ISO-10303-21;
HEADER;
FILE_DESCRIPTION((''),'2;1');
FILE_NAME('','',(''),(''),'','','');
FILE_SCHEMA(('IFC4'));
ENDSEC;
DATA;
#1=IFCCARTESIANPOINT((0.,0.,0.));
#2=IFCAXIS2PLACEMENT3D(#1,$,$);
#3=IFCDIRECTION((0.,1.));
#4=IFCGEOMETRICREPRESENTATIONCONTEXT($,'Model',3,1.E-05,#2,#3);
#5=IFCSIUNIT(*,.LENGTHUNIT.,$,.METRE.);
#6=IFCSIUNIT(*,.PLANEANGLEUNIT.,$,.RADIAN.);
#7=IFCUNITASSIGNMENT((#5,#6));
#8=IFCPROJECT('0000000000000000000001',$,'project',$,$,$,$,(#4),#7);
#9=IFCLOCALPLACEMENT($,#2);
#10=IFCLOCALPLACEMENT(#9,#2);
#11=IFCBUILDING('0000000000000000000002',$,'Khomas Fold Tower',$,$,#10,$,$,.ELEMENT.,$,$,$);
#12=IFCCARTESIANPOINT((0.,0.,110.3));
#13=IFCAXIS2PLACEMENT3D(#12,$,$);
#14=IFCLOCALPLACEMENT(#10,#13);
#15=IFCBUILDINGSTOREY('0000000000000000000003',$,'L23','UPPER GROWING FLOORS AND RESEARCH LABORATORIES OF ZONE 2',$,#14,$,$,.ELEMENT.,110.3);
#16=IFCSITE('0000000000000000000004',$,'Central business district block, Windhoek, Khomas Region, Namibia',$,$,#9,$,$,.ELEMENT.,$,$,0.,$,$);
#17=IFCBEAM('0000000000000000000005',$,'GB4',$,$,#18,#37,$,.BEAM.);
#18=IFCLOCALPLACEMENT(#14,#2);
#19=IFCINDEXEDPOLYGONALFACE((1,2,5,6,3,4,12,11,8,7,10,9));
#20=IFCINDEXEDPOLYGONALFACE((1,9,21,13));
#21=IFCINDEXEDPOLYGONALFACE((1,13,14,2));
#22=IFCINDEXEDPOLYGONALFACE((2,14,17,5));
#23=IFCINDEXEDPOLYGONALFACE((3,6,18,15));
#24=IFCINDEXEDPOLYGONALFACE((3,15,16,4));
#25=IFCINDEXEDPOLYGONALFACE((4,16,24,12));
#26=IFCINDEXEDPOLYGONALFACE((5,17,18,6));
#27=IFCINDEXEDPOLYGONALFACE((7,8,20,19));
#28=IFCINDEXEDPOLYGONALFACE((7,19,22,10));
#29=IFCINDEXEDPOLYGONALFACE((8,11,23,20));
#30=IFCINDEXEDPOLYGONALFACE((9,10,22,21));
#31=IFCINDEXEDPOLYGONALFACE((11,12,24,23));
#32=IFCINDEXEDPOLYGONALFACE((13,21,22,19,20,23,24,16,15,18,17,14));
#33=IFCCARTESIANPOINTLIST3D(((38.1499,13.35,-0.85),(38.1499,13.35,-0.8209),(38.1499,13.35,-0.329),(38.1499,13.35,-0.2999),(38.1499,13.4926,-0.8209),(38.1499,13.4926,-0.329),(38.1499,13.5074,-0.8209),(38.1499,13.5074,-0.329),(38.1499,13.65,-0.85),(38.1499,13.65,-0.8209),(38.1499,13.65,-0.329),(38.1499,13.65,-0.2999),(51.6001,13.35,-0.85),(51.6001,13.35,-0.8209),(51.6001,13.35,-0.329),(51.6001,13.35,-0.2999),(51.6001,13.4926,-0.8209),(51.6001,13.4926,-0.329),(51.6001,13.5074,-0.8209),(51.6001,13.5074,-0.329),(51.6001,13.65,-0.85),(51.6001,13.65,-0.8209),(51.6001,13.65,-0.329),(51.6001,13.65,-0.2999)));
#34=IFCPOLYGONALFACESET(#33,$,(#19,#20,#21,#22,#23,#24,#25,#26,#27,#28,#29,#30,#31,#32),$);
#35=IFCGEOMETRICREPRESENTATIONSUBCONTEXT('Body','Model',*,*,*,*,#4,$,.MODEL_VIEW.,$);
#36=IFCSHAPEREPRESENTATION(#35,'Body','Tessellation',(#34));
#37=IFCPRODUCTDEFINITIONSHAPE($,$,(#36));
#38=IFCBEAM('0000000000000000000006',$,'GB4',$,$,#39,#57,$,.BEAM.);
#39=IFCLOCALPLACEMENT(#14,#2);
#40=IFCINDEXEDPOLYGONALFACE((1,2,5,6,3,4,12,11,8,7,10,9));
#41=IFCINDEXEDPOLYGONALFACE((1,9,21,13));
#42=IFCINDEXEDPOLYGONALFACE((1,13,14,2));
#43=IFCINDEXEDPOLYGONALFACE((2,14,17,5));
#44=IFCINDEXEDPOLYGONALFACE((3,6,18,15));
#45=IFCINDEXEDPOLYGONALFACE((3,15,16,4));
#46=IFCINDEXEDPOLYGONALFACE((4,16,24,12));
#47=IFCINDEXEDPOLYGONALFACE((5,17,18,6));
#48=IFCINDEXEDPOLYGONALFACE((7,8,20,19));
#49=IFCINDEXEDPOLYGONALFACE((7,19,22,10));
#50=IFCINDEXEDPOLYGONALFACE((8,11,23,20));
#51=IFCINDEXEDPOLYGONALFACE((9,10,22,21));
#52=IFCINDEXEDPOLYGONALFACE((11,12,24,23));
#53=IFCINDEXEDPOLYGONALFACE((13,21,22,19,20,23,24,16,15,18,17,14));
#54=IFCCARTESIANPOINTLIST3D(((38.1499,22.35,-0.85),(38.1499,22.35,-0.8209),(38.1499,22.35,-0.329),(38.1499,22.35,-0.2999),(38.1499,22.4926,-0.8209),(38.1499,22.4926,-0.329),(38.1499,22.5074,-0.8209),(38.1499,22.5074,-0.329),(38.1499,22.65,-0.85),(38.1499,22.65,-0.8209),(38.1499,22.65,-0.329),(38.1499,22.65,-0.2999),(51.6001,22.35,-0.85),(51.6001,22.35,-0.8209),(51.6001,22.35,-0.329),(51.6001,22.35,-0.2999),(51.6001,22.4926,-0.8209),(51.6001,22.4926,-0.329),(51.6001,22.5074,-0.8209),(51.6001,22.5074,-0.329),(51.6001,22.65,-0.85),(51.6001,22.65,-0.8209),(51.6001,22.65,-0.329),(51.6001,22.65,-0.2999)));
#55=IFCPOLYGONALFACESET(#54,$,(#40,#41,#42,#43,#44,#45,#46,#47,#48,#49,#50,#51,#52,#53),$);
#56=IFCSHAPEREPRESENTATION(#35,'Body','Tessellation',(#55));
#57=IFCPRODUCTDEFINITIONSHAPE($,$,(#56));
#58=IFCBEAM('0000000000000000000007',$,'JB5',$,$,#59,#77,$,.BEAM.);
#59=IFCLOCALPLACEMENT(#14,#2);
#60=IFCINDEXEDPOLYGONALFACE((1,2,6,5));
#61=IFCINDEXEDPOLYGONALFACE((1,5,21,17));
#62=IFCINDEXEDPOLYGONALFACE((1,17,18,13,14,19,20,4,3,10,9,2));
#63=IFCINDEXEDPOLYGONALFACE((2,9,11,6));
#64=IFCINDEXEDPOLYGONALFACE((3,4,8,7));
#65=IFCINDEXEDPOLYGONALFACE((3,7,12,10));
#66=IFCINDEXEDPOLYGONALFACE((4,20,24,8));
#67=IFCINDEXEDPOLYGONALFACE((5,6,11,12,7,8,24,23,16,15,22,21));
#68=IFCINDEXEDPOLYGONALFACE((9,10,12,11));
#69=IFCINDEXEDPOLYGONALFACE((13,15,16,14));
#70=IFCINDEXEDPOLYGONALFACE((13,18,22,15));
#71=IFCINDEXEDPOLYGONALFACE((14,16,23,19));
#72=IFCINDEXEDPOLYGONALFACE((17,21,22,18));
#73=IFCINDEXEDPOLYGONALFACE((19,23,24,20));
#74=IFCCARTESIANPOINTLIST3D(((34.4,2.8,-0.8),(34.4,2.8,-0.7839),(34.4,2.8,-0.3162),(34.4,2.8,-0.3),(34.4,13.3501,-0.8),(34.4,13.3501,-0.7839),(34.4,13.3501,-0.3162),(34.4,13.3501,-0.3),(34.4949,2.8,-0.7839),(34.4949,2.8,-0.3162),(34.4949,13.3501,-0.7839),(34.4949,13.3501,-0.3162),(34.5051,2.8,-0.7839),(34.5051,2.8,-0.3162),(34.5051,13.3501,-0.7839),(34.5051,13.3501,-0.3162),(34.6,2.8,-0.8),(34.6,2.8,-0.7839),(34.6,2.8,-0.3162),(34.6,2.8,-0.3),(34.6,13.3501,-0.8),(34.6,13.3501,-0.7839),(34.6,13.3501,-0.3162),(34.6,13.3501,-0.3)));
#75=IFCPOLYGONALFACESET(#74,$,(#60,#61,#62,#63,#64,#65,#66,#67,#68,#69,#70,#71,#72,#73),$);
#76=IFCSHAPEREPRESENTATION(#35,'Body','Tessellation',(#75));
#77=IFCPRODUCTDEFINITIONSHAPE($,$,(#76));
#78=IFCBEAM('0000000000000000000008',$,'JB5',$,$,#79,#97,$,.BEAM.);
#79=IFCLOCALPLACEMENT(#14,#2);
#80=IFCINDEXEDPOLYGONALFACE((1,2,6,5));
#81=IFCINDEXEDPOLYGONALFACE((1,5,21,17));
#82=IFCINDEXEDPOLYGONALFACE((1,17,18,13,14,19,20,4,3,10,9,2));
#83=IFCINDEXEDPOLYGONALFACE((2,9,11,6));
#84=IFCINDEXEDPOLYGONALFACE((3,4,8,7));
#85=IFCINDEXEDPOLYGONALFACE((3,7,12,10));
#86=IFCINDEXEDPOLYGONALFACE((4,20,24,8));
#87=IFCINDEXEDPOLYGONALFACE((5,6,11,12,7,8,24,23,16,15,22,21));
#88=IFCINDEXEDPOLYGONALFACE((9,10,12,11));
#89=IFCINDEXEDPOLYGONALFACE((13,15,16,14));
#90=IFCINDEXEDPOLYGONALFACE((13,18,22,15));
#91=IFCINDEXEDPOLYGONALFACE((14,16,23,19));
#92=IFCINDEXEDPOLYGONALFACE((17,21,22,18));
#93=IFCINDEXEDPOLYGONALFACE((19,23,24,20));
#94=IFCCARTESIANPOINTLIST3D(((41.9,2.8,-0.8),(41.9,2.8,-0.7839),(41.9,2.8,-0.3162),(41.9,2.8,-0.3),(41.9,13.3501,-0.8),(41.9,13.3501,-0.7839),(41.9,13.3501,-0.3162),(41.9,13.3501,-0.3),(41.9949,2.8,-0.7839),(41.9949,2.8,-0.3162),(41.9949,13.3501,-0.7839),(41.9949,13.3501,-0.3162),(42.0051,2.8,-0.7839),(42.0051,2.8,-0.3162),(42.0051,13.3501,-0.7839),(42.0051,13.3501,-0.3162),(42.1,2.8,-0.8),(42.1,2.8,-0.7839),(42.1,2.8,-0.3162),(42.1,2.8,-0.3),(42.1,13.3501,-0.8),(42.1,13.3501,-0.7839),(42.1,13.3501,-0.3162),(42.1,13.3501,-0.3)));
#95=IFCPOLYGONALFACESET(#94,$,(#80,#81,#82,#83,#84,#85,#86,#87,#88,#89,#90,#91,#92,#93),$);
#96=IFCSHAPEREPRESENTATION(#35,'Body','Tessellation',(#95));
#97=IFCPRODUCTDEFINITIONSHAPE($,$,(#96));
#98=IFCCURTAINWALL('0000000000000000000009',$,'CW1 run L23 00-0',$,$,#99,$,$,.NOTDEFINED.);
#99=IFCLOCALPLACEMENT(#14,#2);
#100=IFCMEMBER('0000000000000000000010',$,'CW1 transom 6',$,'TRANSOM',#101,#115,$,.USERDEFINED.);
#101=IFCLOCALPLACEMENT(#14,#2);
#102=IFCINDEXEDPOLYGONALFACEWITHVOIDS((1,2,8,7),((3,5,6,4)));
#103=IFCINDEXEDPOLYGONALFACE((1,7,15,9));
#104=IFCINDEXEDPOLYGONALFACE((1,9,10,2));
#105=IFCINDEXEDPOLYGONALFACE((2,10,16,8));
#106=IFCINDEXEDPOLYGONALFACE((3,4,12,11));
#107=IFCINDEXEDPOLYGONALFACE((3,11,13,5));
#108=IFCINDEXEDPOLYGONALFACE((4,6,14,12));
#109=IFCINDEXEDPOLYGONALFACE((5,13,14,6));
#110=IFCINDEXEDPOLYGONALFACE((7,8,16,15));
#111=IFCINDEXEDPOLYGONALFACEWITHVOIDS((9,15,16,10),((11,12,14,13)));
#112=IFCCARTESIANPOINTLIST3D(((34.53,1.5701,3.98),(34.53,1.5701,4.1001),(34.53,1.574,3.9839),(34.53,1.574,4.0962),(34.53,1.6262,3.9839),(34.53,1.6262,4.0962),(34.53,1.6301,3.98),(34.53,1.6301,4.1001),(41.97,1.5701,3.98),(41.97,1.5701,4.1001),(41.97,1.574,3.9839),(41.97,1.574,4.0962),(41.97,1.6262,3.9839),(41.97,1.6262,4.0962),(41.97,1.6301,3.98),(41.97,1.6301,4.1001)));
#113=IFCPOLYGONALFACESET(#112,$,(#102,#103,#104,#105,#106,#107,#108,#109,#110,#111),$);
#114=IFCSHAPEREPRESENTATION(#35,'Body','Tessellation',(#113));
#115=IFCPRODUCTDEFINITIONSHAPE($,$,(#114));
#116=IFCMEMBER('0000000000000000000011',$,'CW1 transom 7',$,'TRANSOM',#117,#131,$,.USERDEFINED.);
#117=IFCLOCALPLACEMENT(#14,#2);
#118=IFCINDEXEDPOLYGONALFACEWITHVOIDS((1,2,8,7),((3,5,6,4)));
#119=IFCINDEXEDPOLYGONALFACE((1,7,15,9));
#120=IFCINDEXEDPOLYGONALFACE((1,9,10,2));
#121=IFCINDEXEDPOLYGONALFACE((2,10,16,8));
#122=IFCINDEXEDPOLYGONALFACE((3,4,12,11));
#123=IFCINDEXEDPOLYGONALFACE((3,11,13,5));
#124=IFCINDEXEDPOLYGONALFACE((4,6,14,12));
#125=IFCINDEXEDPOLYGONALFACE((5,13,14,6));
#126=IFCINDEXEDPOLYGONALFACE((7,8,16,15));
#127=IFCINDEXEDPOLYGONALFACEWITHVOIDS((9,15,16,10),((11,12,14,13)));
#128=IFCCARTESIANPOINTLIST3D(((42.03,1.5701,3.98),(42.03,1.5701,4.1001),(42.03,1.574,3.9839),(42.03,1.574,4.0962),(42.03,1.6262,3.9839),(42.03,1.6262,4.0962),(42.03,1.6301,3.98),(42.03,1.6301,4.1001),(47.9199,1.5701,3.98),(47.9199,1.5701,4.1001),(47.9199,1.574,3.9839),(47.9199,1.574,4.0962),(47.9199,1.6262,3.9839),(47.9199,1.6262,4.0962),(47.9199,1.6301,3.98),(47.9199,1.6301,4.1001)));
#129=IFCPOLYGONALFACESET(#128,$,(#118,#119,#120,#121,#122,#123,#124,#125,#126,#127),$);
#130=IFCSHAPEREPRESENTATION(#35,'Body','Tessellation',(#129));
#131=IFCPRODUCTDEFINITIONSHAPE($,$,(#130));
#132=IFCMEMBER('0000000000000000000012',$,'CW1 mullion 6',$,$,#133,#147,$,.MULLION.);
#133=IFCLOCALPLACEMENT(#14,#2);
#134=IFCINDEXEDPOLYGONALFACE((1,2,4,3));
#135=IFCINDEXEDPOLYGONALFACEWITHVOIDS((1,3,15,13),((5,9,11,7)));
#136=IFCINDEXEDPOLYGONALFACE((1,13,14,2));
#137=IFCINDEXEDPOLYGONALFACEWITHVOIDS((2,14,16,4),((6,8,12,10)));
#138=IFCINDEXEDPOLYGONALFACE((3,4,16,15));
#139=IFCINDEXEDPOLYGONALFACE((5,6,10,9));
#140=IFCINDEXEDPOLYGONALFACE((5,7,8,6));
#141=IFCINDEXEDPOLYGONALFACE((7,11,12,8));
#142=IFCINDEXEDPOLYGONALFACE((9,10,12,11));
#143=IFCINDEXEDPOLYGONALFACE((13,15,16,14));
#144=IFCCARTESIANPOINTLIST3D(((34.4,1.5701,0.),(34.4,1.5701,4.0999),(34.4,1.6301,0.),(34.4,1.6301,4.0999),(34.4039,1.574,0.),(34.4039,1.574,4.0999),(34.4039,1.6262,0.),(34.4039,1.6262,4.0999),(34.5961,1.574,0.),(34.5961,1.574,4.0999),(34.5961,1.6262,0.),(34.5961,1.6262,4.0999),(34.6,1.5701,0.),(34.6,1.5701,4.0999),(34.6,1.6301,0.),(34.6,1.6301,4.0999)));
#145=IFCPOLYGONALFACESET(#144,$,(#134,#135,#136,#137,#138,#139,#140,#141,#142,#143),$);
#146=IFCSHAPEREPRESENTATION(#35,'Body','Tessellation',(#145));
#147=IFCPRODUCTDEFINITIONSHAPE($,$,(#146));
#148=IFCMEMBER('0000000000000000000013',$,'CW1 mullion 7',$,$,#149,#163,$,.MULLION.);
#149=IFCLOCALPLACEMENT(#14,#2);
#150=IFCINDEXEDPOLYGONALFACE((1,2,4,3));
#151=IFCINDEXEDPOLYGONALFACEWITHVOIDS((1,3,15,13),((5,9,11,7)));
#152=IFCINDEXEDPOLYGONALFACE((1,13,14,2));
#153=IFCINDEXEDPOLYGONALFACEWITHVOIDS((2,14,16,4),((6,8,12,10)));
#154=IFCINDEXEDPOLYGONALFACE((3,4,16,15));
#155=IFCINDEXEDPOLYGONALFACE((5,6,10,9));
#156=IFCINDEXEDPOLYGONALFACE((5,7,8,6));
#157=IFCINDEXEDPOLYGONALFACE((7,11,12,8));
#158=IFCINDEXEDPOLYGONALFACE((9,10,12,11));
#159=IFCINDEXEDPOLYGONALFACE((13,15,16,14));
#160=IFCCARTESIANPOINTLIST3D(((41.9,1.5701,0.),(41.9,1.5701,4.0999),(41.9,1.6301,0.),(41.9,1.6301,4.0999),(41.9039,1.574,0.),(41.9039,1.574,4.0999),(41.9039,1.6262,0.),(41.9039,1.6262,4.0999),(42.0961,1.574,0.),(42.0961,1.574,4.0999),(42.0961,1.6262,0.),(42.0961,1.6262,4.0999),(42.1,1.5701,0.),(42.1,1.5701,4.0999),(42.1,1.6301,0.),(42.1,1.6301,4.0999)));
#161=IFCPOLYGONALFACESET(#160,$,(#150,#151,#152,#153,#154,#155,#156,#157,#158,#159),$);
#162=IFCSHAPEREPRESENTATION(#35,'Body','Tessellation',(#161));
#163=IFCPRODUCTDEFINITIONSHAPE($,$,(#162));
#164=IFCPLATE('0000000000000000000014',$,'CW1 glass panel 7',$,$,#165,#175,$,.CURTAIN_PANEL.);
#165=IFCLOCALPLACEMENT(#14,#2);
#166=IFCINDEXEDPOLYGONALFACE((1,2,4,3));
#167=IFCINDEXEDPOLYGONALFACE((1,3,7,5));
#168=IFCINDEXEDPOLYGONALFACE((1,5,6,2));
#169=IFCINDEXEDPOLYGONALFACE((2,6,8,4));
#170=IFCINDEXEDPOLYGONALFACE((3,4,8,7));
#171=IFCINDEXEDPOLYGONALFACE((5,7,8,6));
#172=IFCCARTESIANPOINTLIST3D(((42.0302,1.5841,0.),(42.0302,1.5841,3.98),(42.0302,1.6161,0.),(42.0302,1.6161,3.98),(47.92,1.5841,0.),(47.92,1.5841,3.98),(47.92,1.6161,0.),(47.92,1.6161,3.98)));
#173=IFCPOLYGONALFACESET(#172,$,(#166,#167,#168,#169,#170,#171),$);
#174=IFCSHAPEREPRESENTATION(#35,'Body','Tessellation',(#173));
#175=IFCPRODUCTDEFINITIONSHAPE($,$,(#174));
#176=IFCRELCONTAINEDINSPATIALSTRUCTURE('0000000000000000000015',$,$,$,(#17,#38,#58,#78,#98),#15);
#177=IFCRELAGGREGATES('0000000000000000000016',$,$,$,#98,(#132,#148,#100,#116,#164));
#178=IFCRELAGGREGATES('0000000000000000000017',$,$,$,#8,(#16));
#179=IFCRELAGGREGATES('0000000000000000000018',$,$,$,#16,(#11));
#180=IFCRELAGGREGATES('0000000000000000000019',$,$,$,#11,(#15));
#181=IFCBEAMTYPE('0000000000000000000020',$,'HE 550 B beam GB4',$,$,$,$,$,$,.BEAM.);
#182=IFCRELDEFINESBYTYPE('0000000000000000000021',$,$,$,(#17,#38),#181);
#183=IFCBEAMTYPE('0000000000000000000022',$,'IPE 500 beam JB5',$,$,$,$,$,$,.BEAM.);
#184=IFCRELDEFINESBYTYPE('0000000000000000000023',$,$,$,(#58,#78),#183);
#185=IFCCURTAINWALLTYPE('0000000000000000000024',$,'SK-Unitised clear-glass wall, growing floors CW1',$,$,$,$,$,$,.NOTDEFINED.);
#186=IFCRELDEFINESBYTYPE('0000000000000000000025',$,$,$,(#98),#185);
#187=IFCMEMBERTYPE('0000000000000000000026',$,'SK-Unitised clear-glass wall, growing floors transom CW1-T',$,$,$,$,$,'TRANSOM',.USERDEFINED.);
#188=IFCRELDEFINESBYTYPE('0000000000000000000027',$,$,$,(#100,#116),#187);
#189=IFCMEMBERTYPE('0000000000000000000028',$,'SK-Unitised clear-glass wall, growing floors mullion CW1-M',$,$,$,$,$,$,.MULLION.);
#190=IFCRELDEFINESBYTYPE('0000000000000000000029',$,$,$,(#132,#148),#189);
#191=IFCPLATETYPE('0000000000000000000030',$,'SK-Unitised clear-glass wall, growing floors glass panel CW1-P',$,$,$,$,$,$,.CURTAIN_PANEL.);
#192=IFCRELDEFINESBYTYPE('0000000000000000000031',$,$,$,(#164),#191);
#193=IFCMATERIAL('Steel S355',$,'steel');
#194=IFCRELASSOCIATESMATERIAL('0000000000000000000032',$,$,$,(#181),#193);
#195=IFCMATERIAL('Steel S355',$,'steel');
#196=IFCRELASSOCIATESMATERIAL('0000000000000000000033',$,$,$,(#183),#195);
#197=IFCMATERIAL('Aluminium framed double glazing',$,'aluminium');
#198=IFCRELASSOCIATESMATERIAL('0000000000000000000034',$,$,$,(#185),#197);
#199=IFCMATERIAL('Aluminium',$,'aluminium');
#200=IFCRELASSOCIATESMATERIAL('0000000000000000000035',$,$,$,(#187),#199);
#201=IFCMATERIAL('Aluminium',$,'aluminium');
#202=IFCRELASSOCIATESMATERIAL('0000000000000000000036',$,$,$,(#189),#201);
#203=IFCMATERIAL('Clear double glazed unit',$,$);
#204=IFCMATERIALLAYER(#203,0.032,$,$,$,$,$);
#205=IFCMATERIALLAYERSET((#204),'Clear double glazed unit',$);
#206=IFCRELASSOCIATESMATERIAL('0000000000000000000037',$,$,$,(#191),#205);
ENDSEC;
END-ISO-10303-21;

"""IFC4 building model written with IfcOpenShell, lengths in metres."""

from ifc_helpers import new_model, si_unit, direction, frame, origin, origin_2d, place, context, subcontext, project, spatial, rectangle, hollow_rectangle, i_section, extrude, source, transform, mapped, material, layer, layer_set, material_profile, profile_set, type_object, element, aggregate, save


model = new_model("IFC4")

# Units and contexts
model_context = context("Model", 3, precision=1e-05, world=origin(), true_north=direction((0.0, 1.0)))
body_context = subcontext(model_context, "Body", "Model", "MODEL_VIEW")
ifc_project = project(units=[si_unit("LENGTHUNIT", "METRE"), si_unit("PLANEANGLEUNIT", "RADIAN")], contexts=[model_context])

# Site, building, storey
site_placement = place(None, origin())
site = spatial("IfcSite", under=ifc_project, at=site_placement, Name="Central business district block, Windhoek, Khomas Region, Namibia", CompositionType="ELEMENT", RefElevation=0.0)
building_placement = place(site_placement, origin())
building = spatial("IfcBuilding", under=site, at=building_placement, Name="Khomas Fold Tower", CompositionType="ELEMENT")
storey_placement = place(building_placement, frame((0.0, 0.0, 110.3)))
storey = spatial("IfcBuildingStorey", under=building, at=storey_placement, Name="L23", Description="UPPER GROWING FLOORS AND RESEARCH LABORATORIES OF ZONE 2", CompositionType="ELEMENT", Elevation=110.3)

# Beams
ifc_material_1 = material(Name="Steel S355", Category="steel")
ifc_material_profile_1 = material_profile(ifc_material_1, i_section(OverallWidth=0.3, OverallDepth=0.55, WebThickness=0.0149, FlangeThickness=0.0291, at=origin_2d()), Name="HE 550 B")
ifc_profile_set_1 = profile_set([ifc_material_profile_1], Name="Steel S355")
beam_type_1 = type_object("IfcBeamType", Name="HE 550 B beam GB4", PredefinedType="BEAM", material=ifc_profile_set_1)
shared_shape_1 = source(origin(), body_context, "Body", "SweptSolid", [
    extrude(i_section(OverallWidth=0.3, OverallDepth=0.55, WebThickness=0.0149, FlangeThickness=0.0291, at=origin_2d()), origin(), (0.0, 0.0, 1.0), 13.4502),
])
for number, where, z_axis, x_axis, name in (
    (1, (38.1499, 13.5, -0.575), (1.0, 0.0, 0.0), (0.0, 1.0, 0.0), "GB4"),
    (2, (38.1499, 22.5, -0.575), (1.0, 0.0, 0.0), (0.0, 1.0, 0.0), "GB4"),
):
    element("IfcBeam", number, at=place(storey_placement, frame(where, z_axis=z_axis, x_axis=x_axis)), inside=storey, type_object=beam_type_1, Name=name, PredefinedType="BEAM", context=body_context, shape_type="MappedRepresentation", body=[
        mapped(shared_shape_1, transform((0.0, 0.0, 0.0))),
    ])
ifc_material_2 = material(Name="Steel S355", Category="steel")
ifc_material_profile_2 = material_profile(ifc_material_2, i_section(OverallWidth=0.2, OverallDepth=0.5, WebThickness=0.0103, FlangeThickness=0.0161, at=origin_2d()), Name="IPE 500")
ifc_profile_set_2 = profile_set([ifc_material_profile_2], Name="Steel S355")
beam_type_2 = type_object("IfcBeamType", Name="IPE 500 beam JB5", PredefinedType="BEAM", material=ifc_profile_set_2)
shared_shape_2 = source(origin(), body_context, "Body", "SweptSolid", [
    extrude(i_section(OverallWidth=0.2, OverallDepth=0.5, WebThickness=0.0103, FlangeThickness=0.0161, at=origin_2d()), origin(), (0.0, 0.0, 1.0), 10.55),
])
for number, where, z_axis, x_axis, name in (
    (3, (34.5, 2.8, -0.55), (0.0, 1.0, 0.0), (-1.0, 0.0, 0.0), "JB5"),
    (4, (42.0, 2.8, -0.55), (0.0, 1.0, 0.0), (-1.0, 0.0, 0.0), "JB5"),
):
    element("IfcBeam", number, at=place(storey_placement, frame(where, z_axis=z_axis, x_axis=x_axis)), inside=storey, type_object=beam_type_2, Name=name, PredefinedType="BEAM", context=body_context, shape_type="MappedRepresentation", body=[
        mapped(shared_shape_2, transform((0.0, 0.0, 0.0))),
    ])

# Curtain wall, members, plate
ifc_material_3 = material(Name="Aluminium framed double glazing", Category="aluminium")
curtain_wall_type = type_object("IfcCurtainWallType", Name="SK-Unitised clear-glass wall, growing floors CW1", PredefinedType="NOTDEFINED", material=ifc_material_3)
curtain_wall_placement = place(storey_placement, origin())
curtain_wall = element("IfcCurtainWall", 5, at=curtain_wall_placement, inside=storey, type_object=curtain_wall_type, Name="CW1 run L23 00-0", PredefinedType="NOTDEFINED")
ifc_material_4 = material(Name="Aluminium", Category="aluminium")
ifc_material_profile_3 = material_profile(ifc_material_4, hollow_rectangle(XDim=0.0601, YDim=0.1201, WallThickness=0.0039, at=origin_2d()), Name="SK-Unitised clear-glass wall, growing floors transom CW1-T")
ifc_profile_set_3 = profile_set([ifc_material_profile_3], Name="Aluminium")
member_type_1 = type_object("IfcMemberType", Name="SK-Unitised clear-glass wall, growing floors transom CW1-T", ElementType="TRANSOM", PredefinedType="USERDEFINED", material=ifc_profile_set_3)
shared_shape_3 = source(origin(), body_context, "Body", "SweptSolid", [
    extrude(hollow_rectangle(XDim=0.0601, YDim=0.1201, WallThickness=0.0039, at=origin_2d()), origin(), (0.0, 0.0, 1.0), 7.4399),
])
member_1_placement = place(storey_placement, frame((34.53, 1.6001, 4.04), z_axis=(1.0, 0.0, 0.0), x_axis=(0.0, 1.0, 0.0)))
member_1 = element("IfcMember", 6, at=member_1_placement, type_object=member_type_1, Name="CW1 transom 6", ObjectType="TRANSOM", PredefinedType="USERDEFINED", context=body_context, shape_type="MappedRepresentation", body=[
    mapped(shared_shape_3, transform((0.0, 0.0, 0.0))),
])
shared_shape_4 = source(origin(), body_context, "Body", "SweptSolid", [
    extrude(hollow_rectangle(XDim=0.0601, YDim=0.1201, WallThickness=0.0039, at=origin_2d()), origin(), (0.0, 0.0, 1.0), 5.8899),
])
member_2_placement = place(storey_placement, frame((42.03, 1.6001, 4.04), z_axis=(1.0, 0.0, 0.0), x_axis=(0.0, 1.0, 0.0)))
member_2 = element("IfcMember", 7, at=member_2_placement, type_object=member_type_1, Name="CW1 transom 7", ObjectType="TRANSOM", PredefinedType="USERDEFINED", context=body_context, shape_type="MappedRepresentation", body=[
    mapped(shared_shape_4, transform((0.0, 0.0, 0.0))),
])
ifc_material_5 = material(Name="Aluminium", Category="aluminium")
ifc_material_profile_4 = material_profile(ifc_material_5, hollow_rectangle(XDim=0.0601, YDim=0.2, WallThickness=0.0039, at=origin_2d()), Name="SK-Unitised clear-glass wall, growing floors mullion CW1-M")
ifc_profile_set_4 = profile_set([ifc_material_profile_4], Name="Aluminium")
member_type_2 = type_object("IfcMemberType", Name="SK-Unitised clear-glass wall, growing floors mullion CW1-M", PredefinedType="MULLION", material=ifc_profile_set_4)
shared_shape_5 = source(origin(), body_context, "Body", "SweptSolid", [
    extrude(hollow_rectangle(XDim=0.0601, YDim=0.2, WallThickness=0.0039, at=origin_2d()), origin(), (0.0, 0.0, 1.0), 4.0999),
])
member_3_placement = place(storey_placement, frame((34.5, 1.6001, 0.0), z_axis=(0.0, 0.0, 1.0), x_axis=(0.0, 1.0, 0.0)))
member_3 = element("IfcMember", 8, at=member_3_placement, type_object=member_type_2, Name="CW1 mullion 6", PredefinedType="MULLION", context=body_context, shape_type="MappedRepresentation", body=[
    mapped(shared_shape_5, transform((0.0, 0.0, 0.0))),
])
member_4_placement = place(storey_placement, frame((42.0, 1.6001, 0.0), z_axis=(0.0, 0.0, 1.0), x_axis=(0.0, 1.0, 0.0)))
member_4 = element("IfcMember", 9, at=member_4_placement, type_object=member_type_2, Name="CW1 mullion 7", PredefinedType="MULLION", context=body_context, shape_type="MappedRepresentation", body=[
    mapped(shared_shape_5, transform((0.0, 0.0, 0.0))),
])
ifc_material_6 = material(Name="Clear double glazed unit")
ifc_layer_1 = layer(ifc_material_6, 0.032)
ifc_layer_set_1 = layer_set([ifc_layer_1], Name="Clear double glazed unit")
plate_type = type_object("IfcPlateType", Name="SK-Unitised clear-glass wall, growing floors glass panel CW1-P", PredefinedType="CURTAIN_PANEL", material=ifc_layer_set_1)
shared_shape_6 = source(origin(), body_context, "Body", "SweptSolid", [
    extrude(rectangle(XDim=5.8899, YDim=0.032, at=origin_2d()), origin(), (0.0, 0.0, 1.0), 3.98),
])
plate_1_placement = place(storey_placement, frame((44.9751, 1.6001, 0.0), z_axis=(0.0, 0.0, 1.0), x_axis=(1.0, 0.0, 0.0)))
plate_1 = element("IfcPlate", 10, at=plate_1_placement, type_object=plate_type, Name="CW1 glass panel 7", PredefinedType="CURTAIN_PANEL", context=body_context, shape_type="MappedRepresentation", body=[
    mapped(shared_shape_6, transform((0.0, 0.0, 0.0))),
])
aggregate(curtain_wall, [member_3, member_4, member_1, member_2, plate_1])

save(model, "model.ifc")
